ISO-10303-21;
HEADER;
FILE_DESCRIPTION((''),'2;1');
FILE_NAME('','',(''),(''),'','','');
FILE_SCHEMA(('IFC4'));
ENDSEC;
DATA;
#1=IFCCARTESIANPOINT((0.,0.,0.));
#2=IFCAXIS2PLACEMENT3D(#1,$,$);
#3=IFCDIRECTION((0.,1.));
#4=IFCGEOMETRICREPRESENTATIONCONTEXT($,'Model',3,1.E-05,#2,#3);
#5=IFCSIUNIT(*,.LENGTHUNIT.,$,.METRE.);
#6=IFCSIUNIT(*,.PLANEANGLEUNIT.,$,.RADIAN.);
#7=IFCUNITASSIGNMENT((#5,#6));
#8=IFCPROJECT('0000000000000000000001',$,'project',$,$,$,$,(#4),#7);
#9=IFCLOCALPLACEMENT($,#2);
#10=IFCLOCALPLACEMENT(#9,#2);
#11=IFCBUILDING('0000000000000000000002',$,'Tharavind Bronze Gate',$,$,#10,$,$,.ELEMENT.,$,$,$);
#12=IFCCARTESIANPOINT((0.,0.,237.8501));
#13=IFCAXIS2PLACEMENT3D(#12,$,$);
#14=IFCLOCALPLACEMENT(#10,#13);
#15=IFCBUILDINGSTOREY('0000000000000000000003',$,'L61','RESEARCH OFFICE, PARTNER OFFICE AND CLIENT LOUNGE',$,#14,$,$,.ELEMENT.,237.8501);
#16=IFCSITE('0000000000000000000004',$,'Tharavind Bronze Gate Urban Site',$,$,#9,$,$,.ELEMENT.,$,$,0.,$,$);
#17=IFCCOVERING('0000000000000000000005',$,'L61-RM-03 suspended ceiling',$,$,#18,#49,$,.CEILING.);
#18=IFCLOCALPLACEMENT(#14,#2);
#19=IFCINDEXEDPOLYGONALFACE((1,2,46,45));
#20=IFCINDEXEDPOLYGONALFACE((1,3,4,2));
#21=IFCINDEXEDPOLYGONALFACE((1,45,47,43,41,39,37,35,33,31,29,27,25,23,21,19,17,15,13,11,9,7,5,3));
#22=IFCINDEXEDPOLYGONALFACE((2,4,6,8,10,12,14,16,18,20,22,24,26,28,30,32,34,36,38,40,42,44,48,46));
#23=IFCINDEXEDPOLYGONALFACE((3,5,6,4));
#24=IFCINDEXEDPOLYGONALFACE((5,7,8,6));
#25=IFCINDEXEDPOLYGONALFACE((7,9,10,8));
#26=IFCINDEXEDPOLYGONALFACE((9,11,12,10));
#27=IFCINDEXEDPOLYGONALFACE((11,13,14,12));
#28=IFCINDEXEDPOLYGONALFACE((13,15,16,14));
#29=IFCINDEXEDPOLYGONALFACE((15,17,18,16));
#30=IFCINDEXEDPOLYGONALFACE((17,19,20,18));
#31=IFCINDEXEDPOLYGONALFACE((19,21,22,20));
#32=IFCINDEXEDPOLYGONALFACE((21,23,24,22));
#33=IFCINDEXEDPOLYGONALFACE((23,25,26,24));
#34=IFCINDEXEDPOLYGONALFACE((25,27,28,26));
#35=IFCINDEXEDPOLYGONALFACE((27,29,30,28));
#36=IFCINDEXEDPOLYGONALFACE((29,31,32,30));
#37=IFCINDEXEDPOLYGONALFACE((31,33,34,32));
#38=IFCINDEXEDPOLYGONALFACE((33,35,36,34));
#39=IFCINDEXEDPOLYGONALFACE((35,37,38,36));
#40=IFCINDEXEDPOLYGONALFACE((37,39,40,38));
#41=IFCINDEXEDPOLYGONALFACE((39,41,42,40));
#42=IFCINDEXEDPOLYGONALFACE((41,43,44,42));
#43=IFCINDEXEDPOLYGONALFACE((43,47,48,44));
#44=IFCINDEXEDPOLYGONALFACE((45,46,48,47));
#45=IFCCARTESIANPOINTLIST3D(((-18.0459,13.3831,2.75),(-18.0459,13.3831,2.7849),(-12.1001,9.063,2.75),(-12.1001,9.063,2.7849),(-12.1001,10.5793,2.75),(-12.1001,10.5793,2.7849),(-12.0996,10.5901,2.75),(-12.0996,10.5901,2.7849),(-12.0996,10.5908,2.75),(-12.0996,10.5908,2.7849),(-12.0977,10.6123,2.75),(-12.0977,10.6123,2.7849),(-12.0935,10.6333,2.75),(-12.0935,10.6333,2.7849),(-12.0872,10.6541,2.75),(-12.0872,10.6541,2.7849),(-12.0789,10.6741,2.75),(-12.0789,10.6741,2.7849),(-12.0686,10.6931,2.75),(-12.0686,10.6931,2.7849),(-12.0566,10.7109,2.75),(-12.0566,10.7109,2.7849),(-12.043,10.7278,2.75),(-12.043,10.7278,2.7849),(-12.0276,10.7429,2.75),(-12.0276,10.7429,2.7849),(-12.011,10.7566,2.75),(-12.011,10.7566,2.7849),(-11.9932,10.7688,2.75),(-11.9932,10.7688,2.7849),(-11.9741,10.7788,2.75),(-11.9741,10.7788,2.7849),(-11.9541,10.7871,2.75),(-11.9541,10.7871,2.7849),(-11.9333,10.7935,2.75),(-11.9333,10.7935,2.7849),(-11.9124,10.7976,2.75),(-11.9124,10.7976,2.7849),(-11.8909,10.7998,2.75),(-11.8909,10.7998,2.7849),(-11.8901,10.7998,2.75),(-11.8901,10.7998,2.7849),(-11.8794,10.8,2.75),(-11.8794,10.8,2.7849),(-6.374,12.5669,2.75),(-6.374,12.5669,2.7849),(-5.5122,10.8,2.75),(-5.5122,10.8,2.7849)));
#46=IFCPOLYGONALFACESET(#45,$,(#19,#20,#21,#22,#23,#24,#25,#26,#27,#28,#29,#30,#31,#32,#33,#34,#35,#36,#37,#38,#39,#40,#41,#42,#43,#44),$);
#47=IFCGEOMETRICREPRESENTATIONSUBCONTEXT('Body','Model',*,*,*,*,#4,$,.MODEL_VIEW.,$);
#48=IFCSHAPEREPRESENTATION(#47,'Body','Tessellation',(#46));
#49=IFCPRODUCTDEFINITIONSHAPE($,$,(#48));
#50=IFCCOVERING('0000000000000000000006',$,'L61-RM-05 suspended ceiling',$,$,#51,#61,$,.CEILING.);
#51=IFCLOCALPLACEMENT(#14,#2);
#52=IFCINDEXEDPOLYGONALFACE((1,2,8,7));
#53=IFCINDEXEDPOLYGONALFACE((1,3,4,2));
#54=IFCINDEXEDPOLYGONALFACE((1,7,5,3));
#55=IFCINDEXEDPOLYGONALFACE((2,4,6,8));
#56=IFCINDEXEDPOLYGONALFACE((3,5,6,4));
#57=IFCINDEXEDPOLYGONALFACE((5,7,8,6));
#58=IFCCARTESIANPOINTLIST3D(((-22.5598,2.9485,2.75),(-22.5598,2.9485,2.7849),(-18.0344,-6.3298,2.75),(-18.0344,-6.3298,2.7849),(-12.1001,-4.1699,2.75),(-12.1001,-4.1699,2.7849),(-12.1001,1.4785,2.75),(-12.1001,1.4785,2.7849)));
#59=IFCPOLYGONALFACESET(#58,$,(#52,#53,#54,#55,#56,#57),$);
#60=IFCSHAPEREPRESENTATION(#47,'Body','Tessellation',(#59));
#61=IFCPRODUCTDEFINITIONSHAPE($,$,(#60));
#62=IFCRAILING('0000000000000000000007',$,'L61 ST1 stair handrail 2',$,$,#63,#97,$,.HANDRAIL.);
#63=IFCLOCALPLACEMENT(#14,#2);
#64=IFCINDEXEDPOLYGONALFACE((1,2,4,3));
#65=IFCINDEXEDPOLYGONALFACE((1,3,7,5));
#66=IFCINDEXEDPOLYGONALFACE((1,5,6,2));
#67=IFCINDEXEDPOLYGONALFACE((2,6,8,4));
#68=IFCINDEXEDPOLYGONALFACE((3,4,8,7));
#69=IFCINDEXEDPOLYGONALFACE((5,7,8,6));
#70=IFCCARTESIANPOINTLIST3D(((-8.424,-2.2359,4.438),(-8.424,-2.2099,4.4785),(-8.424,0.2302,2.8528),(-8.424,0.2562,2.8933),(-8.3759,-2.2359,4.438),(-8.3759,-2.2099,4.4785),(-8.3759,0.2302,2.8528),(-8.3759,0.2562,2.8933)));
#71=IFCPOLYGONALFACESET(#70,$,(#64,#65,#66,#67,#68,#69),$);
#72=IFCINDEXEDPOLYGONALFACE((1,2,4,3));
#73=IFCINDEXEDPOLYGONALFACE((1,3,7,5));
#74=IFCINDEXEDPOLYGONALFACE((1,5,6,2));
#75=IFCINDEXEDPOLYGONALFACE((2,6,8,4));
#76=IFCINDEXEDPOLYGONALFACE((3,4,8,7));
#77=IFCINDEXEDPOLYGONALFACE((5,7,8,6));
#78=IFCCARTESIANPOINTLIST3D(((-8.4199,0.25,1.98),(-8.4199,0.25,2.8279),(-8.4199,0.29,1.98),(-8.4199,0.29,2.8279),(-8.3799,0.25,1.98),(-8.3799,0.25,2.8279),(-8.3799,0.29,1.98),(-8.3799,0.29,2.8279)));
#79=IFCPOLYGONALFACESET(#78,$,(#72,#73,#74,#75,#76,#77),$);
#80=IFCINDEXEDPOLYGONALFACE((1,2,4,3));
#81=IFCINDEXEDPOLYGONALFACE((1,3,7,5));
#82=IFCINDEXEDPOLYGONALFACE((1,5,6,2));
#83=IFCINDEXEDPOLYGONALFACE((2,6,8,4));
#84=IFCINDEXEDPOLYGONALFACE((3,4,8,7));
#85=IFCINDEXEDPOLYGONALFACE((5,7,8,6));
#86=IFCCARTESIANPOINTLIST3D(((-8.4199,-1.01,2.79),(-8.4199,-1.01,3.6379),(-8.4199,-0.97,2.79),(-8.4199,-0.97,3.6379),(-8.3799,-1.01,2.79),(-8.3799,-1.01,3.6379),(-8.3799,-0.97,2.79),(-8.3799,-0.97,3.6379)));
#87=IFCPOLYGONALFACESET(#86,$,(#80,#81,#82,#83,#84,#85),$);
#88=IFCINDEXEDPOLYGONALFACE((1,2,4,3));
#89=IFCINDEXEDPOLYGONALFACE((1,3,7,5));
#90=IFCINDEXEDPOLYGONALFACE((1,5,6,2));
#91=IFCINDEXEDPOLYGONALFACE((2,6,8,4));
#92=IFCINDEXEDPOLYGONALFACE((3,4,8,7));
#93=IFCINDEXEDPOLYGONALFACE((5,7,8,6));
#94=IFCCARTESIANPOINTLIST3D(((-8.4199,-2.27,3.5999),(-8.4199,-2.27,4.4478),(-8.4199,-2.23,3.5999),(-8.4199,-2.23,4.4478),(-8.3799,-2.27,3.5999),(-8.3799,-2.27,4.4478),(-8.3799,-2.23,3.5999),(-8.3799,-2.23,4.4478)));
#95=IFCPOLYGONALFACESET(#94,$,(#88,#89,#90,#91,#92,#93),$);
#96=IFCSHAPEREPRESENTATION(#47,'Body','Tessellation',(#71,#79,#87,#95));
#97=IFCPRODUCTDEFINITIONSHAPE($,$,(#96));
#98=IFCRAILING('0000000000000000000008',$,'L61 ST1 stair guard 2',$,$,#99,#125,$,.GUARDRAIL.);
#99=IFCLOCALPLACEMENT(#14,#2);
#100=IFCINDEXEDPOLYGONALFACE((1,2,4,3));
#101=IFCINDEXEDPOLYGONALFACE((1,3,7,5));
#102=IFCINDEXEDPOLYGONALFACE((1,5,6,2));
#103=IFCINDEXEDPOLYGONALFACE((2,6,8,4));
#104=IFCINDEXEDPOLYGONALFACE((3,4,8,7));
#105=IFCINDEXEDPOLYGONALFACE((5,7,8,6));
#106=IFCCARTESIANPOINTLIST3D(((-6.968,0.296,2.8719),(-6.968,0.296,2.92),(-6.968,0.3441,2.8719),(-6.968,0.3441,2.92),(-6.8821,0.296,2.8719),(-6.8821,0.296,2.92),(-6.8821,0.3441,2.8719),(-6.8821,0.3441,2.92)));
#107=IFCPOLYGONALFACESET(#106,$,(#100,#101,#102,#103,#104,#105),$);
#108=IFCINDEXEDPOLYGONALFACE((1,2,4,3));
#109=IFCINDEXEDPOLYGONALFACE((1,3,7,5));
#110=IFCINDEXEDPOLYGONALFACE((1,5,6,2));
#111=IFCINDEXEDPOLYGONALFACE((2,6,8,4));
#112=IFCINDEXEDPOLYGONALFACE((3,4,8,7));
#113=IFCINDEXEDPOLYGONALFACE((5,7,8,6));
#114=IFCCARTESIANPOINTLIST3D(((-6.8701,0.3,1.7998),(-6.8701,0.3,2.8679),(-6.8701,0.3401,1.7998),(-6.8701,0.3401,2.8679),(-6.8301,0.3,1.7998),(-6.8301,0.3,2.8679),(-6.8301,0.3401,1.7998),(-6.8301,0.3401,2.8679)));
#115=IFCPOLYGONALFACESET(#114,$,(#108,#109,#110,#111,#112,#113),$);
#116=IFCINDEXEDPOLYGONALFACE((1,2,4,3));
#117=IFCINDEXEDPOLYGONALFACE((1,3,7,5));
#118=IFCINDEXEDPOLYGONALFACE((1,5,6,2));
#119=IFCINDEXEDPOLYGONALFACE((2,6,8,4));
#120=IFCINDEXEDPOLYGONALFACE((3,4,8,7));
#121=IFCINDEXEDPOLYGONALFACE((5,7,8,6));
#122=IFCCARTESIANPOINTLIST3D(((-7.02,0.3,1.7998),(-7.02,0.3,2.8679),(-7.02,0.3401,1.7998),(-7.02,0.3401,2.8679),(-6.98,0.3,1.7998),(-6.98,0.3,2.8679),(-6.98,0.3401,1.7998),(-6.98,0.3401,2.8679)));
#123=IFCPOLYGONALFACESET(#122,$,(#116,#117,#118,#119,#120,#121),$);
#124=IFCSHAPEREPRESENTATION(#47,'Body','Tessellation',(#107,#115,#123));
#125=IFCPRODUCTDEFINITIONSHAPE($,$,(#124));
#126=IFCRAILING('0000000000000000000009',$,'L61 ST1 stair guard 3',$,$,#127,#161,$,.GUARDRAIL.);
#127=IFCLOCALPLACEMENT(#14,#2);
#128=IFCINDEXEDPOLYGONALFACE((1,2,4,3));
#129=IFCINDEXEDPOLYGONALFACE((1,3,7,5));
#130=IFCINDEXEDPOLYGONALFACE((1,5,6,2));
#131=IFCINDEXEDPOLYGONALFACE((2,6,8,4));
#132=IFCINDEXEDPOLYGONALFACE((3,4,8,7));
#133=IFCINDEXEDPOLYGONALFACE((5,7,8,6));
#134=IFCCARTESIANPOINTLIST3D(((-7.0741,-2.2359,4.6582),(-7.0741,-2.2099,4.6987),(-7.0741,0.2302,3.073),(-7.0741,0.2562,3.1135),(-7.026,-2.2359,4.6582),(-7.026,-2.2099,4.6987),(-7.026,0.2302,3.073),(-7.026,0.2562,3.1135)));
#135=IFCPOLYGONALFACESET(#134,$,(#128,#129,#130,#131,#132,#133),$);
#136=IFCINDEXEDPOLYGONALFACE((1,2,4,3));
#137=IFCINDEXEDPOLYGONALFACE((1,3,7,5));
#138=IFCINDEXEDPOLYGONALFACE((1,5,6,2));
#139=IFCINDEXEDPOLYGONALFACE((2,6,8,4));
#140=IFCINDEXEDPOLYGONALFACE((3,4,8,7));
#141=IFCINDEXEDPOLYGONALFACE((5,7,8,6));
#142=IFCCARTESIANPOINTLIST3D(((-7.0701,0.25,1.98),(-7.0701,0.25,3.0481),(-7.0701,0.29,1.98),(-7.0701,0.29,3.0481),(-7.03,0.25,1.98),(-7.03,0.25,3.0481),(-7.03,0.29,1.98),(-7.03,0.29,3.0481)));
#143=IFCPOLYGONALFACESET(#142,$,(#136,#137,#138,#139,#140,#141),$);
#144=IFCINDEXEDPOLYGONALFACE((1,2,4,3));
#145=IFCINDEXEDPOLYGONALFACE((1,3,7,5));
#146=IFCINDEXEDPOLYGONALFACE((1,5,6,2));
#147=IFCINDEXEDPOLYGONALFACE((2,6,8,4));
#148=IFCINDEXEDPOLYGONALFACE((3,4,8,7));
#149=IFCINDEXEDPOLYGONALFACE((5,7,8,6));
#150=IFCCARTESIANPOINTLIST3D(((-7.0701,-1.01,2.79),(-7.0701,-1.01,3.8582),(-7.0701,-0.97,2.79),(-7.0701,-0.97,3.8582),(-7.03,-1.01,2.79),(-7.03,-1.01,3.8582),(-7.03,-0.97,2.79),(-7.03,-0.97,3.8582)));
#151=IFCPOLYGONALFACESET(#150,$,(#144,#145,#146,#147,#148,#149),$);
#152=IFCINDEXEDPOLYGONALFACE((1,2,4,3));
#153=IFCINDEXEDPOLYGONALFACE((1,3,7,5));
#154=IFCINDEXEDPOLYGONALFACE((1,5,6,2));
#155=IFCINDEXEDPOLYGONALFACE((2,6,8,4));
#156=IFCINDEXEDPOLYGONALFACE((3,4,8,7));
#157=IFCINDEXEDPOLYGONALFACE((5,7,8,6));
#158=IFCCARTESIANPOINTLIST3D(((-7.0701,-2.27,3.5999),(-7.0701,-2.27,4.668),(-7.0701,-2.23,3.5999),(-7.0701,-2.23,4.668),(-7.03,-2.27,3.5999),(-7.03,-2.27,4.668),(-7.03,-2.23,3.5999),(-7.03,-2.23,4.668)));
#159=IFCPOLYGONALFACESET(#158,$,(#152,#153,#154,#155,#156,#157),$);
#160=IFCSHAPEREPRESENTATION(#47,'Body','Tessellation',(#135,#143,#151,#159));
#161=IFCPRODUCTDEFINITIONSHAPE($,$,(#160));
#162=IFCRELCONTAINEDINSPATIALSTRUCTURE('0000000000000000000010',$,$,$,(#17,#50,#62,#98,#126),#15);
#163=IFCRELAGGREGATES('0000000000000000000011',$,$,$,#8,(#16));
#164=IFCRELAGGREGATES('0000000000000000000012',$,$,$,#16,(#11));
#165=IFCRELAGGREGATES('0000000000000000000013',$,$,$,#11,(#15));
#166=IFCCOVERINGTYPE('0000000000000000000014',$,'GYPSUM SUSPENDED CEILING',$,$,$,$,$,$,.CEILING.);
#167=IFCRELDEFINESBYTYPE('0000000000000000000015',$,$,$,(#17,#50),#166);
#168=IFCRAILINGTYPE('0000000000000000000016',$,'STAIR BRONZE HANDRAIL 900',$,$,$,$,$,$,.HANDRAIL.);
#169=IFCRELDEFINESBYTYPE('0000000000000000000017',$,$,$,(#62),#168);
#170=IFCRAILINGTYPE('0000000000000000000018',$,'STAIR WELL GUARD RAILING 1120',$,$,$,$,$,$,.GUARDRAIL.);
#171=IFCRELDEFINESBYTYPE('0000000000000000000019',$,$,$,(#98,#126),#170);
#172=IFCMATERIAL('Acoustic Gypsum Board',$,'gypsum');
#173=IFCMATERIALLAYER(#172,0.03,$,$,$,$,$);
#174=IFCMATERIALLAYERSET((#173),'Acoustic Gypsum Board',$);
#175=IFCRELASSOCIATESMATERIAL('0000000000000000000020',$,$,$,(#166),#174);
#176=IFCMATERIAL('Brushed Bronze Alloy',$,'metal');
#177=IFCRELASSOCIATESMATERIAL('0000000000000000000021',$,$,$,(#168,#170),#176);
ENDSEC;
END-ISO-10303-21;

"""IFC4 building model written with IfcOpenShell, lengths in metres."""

from ifc_helpers import new_model, si_unit, direction, frame, origin, origin_2d, place, context, subcontext, project, spatial, polyline, rectangle, outline, extrude, material, layer, layer_set, type_object, element, save


model = new_model("IFC4")

# Units and contexts
model_context = context("Model", 3, precision=1e-05, world=origin(), true_north=direction((0.0, 1.0)))
body_context = subcontext(model_context, "Body", "Model", "MODEL_VIEW")
ifc_project = project(units=[si_unit("LENGTHUNIT", "METRE"), si_unit("PLANEANGLEUNIT", "RADIAN")], contexts=[model_context])

# Site, building, storey
site_placement = place(None, origin())
site = spatial("IfcSite", under=ifc_project, at=site_placement, Name="Tharavind Bronze Gate Urban Site", CompositionType="ELEMENT", RefElevation=0.0)
building_placement = place(site_placement, origin())
building = spatial("IfcBuilding", under=site, at=building_placement, Name="Tharavind Bronze Gate", CompositionType="ELEMENT")
storey_placement = place(building_placement, frame((0.0, 0.0, 237.8501)))
storey = spatial("IfcBuildingStorey", under=building, at=storey_placement, Name="L61", Description="RESEARCH OFFICE, PARTNER OFFICE AND CLIENT LOUNGE", CompositionType="ELEMENT", Elevation=237.8501)

# Coverings
ifc_material_1 = material(Name="Acoustic Gypsum Board", Category="gypsum")
ifc_layer_1 = layer(ifc_material_1, 0.03)
ifc_layer_set_1 = layer_set([ifc_layer_1], Name="Acoustic Gypsum Board")
covering_type_1 = type_object("IfcCoveringType", Name="GYPSUM SUSPENDED CEILING", PredefinedType="CEILING", material=ifc_layer_set_1)
covering_1_placement = place(storey_placement, frame((0.0, 0.0, 2.75)))
element("IfcCovering", 1, at=covering_1_placement, inside=storey, type_object=covering_type_1, Name="L61-RM-03 suspended ceiling", PredefinedType="CEILING", context=body_context, shape_type="SweptSolid", body=[
    extrude(outline(polyline([(-12.1001, 9.063), (-12.1001, 10.5793), (-12.0996, 10.5901), (-12.0996, 10.5908), (-12.0977, 10.6123), (-12.0935, 10.6333), (-12.0872, 10.6541), (-12.0789, 10.6741), (-12.0686, 10.6931), (-12.0566, 10.7109), (-12.043, 10.7278), (-12.0276, 10.7429), (-12.011, 10.7566), (-11.9932, 10.7688), (-11.9741, 10.7788), (-11.9541, 10.7871), (-11.9333, 10.7935), (-11.9124, 10.7976), (-11.8909, 10.7998), (-11.8901, 10.7998), (-11.8794, 10.8), (-5.5122, 10.8), (-6.374, 12.5669), (-18.0459, 13.3831), (-12.1001, 9.063)])), origin(), (0.0, 0.0, 1.0), 0.0349),
])
covering_2_placement = place(storey_placement, frame((0.0, 0.0, 2.75)))
element("IfcCovering", 2, at=covering_2_placement, inside=storey, type_object=covering_type_1, Name="L61-RM-05 suspended ceiling", PredefinedType="CEILING", context=body_context, shape_type="SweptSolid", body=[
    extrude(outline(polyline([(-18.0344, -6.3298), (-12.1001, -4.1699), (-12.1001, 1.4785), (-22.5598, 2.9485), (-18.0344, -6.3298)])), origin(), (0.0, 0.0, 1.0), 0.0349),
])

# Railings
ifc_material_2 = material(Name="Brushed Bronze Alloy", Category="metal")
railing_type_1 = type_object("IfcRailingType", Name="STAIR BRONZE HANDRAIL 900", PredefinedType="HANDRAIL", material=ifc_material_2)
railing_1_placement = place(storey_placement, frame((-8.3999, 0.27, 1.98)))
element("IfcRailing", 3, at=railing_1_placement, inside=storey, type_object=railing_type_1, Name="L61 ST1 stair handrail 2", PredefinedType="HANDRAIL", context=body_context, shape_type="SweptSolid", body=[
    extrude(rectangle(XDim=0.0481, YDim=0.0481, at=origin_2d()), frame((0.0, -0.0269, 0.8931), z_axis=(0.0, -0.8412, 0.540725), x_axis=(1.0, 0.0, 0.0)), (0.0, 0.0, 1.0), 2.9316),
    extrude(rectangle(XDim=0.04, YDim=0.04, at=origin_2d()), origin(), (0.0, 0.0, 1.0), 0.8479),
    extrude(rectangle(XDim=0.04, YDim=0.04, at=origin_2d()), frame((0.0, -1.26, 0.8101)), (0.0, 0.0, 1.0), 0.8479),
    extrude(rectangle(XDim=0.04, YDim=0.04, at=origin_2d()), frame((0.0, -2.52, 1.6199)), (0.0, 0.0, 1.0), 0.8479),
])
railing_type_2 = type_object("IfcRailingType", Name="STAIR WELL GUARD RAILING 1120", PredefinedType="GUARDRAIL", material=ifc_material_2)
railing_2_placement = place(storey_placement, frame((-6.8501, 0.3201, 1.7998)))
element("IfcRailing", 4, at=railing_2_placement, inside=storey, type_object=railing_type_2, Name="L61 ST1 stair guard 2", PredefinedType="GUARDRAIL", context=body_context, shape_type="SweptSolid", body=[
    extrude(rectangle(XDim=0.0481, YDim=0.0481, at=origin_2d()), frame((-0.032, 0.0, 1.0962), z_axis=(-1.0, 0.0, 0.0), x_axis=(0.0, -1.0, 0.0)), (0.0, 0.0, 1.0), 0.0859),
    extrude(rectangle(XDim=0.04, YDim=0.04, at=origin_2d()), origin(), (0.0, 0.0, 1.0), 1.0681),
    extrude(rectangle(XDim=0.04, YDim=0.04, at=origin_2d()), frame((-0.1499, 0.0, 0.0)), (0.0, 0.0, 1.0), 1.0681),
])
railing_3_placement = place(storey_placement, frame((-7.05, 0.27, 1.98)))
element("IfcRailing", 5, at=railing_3_placement, inside=storey, type_object=railing_type_2, Name="L61 ST1 stair guard 3", PredefinedType="GUARDRAIL", context=body_context, shape_type="SweptSolid", body=[
    extrude(rectangle(XDim=0.0481, YDim=0.0481, at=origin_2d()), frame((0.0, -0.0269, 1.1133), z_axis=(0.0, -0.8412, 0.540725), x_axis=(1.0, 0.0, 0.0)), (0.0, 0.0, 1.0), 2.9316),
    extrude(rectangle(XDim=0.04, YDim=0.04, at=origin_2d()), origin(), (0.0, 0.0, 1.0), 1.0681),
    extrude(rectangle(XDim=0.04, YDim=0.04, at=origin_2d()), frame((0.0, -1.26, 0.8101)), (0.0, 0.0, 1.0), 1.0681),
    extrude(rectangle(XDim=0.04, YDim=0.04, at=origin_2d()), frame((0.0, -2.52, 1.6199)), (0.0, 0.0, 1.0), 1.0681),
])

save(model, "model.ifc")
